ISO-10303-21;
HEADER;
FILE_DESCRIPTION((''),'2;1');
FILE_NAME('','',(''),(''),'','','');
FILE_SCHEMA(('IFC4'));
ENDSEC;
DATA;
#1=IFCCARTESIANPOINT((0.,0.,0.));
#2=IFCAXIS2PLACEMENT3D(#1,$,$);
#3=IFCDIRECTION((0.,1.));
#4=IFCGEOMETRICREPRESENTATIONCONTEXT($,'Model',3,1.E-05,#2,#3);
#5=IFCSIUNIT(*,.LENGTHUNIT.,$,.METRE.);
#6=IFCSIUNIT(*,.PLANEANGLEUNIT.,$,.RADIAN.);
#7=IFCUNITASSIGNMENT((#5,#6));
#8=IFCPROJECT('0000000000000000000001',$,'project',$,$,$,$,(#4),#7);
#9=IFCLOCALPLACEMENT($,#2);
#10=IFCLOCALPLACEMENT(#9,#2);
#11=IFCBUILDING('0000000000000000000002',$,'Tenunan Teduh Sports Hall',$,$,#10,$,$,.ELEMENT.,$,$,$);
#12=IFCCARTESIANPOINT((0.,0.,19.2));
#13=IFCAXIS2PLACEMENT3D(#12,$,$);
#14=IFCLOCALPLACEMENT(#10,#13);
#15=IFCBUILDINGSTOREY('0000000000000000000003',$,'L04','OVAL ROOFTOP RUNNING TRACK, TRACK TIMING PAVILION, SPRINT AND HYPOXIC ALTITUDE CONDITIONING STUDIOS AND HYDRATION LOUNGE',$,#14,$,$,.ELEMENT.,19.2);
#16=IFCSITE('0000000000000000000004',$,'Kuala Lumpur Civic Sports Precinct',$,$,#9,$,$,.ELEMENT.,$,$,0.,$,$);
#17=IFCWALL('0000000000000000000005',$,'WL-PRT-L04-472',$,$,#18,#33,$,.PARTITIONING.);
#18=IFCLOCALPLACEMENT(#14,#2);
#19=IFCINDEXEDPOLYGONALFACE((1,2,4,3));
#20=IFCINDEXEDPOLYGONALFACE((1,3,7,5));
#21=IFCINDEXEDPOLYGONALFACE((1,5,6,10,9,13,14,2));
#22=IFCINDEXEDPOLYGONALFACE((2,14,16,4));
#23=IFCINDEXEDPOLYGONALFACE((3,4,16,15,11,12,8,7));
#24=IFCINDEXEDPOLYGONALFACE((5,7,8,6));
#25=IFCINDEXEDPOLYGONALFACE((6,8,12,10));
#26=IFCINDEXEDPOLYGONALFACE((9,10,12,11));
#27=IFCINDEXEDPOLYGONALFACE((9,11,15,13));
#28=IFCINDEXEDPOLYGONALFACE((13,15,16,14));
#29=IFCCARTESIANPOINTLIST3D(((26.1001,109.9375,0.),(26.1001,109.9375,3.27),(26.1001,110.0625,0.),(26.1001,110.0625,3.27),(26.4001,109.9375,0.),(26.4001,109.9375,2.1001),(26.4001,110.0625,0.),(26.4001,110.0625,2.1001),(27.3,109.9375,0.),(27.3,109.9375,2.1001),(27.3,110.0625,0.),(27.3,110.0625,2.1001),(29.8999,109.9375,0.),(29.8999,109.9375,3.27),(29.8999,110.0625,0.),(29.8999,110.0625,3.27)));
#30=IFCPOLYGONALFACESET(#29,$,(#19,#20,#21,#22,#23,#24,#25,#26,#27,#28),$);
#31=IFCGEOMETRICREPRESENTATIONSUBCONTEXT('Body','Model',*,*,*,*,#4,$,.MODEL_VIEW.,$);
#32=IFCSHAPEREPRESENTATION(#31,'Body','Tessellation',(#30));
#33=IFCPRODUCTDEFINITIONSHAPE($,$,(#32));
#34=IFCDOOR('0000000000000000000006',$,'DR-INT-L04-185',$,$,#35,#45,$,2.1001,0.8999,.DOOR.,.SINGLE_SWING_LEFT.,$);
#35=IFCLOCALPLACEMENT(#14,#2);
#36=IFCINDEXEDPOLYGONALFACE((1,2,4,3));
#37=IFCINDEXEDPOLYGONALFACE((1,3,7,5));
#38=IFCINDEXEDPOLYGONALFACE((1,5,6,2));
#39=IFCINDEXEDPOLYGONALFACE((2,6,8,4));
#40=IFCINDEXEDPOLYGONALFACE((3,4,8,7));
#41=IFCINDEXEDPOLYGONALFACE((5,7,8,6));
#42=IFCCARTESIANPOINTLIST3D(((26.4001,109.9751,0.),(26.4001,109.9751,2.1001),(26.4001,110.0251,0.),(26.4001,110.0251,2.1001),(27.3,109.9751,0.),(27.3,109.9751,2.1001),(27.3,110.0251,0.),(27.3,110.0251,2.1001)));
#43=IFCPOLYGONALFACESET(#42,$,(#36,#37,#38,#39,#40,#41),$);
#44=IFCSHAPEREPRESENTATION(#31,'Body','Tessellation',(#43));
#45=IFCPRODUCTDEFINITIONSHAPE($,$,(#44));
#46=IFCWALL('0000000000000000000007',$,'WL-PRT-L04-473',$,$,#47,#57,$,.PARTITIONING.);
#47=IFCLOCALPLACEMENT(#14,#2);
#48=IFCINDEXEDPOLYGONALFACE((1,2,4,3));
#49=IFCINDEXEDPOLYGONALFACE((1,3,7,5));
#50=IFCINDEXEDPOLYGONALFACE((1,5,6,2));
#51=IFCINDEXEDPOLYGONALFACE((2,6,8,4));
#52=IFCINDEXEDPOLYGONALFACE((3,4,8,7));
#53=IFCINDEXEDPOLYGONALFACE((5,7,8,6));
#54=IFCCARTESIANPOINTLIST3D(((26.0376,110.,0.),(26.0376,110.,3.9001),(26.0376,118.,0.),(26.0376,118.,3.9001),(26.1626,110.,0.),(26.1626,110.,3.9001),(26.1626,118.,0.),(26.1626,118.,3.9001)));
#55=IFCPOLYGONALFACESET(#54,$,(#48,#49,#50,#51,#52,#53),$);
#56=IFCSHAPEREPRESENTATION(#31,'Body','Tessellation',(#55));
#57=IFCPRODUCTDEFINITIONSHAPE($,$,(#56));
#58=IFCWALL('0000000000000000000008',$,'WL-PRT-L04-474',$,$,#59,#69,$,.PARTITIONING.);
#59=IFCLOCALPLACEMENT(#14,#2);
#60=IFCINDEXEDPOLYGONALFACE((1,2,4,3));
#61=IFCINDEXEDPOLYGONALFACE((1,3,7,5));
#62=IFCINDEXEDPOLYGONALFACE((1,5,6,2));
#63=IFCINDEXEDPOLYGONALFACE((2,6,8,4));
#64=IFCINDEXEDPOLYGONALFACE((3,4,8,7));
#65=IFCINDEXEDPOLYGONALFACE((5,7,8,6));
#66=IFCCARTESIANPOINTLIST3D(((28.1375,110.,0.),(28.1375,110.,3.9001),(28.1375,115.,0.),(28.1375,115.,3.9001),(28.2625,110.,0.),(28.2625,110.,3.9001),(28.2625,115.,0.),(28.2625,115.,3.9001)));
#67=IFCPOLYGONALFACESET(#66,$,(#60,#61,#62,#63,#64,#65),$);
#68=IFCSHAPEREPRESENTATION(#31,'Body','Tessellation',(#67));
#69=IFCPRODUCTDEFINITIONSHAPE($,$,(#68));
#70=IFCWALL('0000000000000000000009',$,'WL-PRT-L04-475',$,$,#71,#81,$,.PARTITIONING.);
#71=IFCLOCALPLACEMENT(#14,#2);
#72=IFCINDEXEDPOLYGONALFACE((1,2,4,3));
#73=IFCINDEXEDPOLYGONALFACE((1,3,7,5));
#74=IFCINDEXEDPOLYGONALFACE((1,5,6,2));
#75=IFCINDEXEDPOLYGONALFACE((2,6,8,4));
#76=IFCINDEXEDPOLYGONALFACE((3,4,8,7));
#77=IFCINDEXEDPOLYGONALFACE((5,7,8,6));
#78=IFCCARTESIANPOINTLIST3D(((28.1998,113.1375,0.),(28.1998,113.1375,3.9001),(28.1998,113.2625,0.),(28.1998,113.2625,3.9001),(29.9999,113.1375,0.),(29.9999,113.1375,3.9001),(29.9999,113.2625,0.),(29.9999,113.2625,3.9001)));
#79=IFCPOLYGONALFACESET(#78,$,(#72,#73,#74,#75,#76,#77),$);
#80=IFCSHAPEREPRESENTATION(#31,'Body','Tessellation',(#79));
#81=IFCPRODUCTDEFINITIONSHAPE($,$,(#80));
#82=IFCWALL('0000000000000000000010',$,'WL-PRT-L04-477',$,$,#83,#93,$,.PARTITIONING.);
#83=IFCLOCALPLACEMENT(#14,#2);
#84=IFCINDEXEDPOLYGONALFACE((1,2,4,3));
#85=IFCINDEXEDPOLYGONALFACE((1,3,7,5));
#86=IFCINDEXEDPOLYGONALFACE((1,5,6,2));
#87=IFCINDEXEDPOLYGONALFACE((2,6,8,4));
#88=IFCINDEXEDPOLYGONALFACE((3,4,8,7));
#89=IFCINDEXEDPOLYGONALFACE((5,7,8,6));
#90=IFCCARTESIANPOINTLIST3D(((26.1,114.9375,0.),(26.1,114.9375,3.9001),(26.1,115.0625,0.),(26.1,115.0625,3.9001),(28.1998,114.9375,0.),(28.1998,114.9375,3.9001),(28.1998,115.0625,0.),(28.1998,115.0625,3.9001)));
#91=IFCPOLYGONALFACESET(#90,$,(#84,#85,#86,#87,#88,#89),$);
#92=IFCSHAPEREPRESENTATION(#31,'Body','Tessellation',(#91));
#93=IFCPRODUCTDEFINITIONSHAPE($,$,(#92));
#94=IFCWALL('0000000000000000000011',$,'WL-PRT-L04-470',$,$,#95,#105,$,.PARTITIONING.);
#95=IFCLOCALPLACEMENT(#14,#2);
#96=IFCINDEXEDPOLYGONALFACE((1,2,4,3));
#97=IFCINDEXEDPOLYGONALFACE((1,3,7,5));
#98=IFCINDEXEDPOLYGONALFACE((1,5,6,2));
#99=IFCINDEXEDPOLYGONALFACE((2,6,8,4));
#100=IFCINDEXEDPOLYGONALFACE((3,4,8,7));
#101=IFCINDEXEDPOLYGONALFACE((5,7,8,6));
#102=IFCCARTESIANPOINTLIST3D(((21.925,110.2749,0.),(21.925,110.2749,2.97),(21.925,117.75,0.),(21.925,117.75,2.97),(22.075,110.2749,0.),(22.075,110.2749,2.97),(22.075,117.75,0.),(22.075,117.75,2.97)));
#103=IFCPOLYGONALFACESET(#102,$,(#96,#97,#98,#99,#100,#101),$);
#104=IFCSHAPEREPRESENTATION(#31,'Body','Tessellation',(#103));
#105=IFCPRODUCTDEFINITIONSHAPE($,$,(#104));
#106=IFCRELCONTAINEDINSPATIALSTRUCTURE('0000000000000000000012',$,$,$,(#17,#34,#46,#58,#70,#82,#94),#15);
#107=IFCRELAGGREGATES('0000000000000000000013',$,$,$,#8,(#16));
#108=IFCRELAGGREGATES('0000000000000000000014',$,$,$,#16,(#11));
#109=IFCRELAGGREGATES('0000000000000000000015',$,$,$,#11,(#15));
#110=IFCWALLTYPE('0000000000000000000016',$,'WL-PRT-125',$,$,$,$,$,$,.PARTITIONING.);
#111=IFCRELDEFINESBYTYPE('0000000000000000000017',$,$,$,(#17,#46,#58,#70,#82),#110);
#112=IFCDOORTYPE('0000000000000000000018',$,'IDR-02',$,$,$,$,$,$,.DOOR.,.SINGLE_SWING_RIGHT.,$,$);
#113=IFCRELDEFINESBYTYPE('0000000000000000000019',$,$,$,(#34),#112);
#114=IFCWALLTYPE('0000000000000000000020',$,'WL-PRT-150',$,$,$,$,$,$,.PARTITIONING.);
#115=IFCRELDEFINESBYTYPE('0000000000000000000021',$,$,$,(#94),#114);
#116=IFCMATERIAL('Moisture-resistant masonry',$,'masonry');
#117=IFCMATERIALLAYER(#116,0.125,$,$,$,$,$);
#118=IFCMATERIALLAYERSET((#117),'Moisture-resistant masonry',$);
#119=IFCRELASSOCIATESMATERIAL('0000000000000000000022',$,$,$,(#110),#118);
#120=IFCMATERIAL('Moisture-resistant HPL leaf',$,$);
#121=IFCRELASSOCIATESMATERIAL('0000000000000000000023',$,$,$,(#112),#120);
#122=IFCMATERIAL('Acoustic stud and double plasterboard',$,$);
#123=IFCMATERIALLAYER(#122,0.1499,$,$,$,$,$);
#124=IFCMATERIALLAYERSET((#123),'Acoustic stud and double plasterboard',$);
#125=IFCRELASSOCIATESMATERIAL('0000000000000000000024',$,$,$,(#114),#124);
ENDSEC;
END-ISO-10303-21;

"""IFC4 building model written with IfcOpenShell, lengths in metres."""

from ifc_helpers import new_model, si_unit, direction, frame, frame_2d, origin, place, context, subcontext, project, spatial, rectangle, extrude, material, layer, layer_set, type_object, element, fill, save


model = new_model("IFC4")

# Units and contexts
model_context = context("Model", 3, precision=1e-05, world=origin(), true_north=direction((0.0, 1.0)))
body_context = subcontext(model_context, "Body", "Model", "MODEL_VIEW")
ifc_project = project(units=[si_unit("LENGTHUNIT", "METRE"), si_unit("PLANEANGLEUNIT", "RADIAN")], contexts=[model_context])

# Site, building, storey
site_placement = place(None, origin())
site = spatial("IfcSite", under=ifc_project, at=site_placement, Name="Kuala Lumpur Civic Sports Precinct", CompositionType="ELEMENT", RefElevation=0.0)
building_placement = place(site_placement, origin())
building = spatial("IfcBuilding", under=site, at=building_placement, Name="Tenunan Teduh Sports Hall", CompositionType="ELEMENT")
storey_placement = place(building_placement, frame((0.0, 0.0, 19.2)))
storey = spatial("IfcBuildingStorey", under=building, at=storey_placement, Name="L04", Description="OVAL ROOFTOP RUNNING TRACK, TRACK TIMING PAVILION, SPRINT AND HYPOXIC ALTITUDE CONDITIONING STUDIOS AND HYDRATION LOUNGE", CompositionType="ELEMENT", Elevation=19.2)

# Wall, opening, door
ifc_material_1 = material(Name="Moisture-resistant masonry", Category="masonry")
ifc_layer_1 = layer(ifc_material_1, 0.125)
ifc_layer_set_1 = layer_set([ifc_layer_1], Name="Moisture-resistant masonry")
wall_type_1 = type_object("IfcWallType", Name="WL-PRT-125", PredefinedType="PARTITIONING", material=ifc_layer_set_1)
ifc_material_2 = material(Name="Moisture-resistant HPL leaf")
door_type = type_object("IfcDoorType", Name="IDR-02", OperationType="SINGLE_SWING_RIGHT", PredefinedType="DOOR", material=ifc_material_2)
wall_1_placement = place(storey_placement, frame((26.1001, 110.0, 0.0), z_axis=(0.0, 0.0, 1.0), x_axis=(1.0, 0.0, 0.0)))
wall_1 = element("IfcWall", 1, at=wall_1_placement, inside=storey, type_object=wall_type_1, Name="WL-PRT-L04-472", PredefinedType="PARTITIONING", context=body_context, shape_type="SweptSolid", body=[
    extrude(rectangle(XDim=3.7998, YDim=0.125, at=frame_2d((1.8999, 0.0))), origin(), (0.0, 0.0, 1.0), 3.27),
])
opening_1_placement = place(wall_1_placement, frame((0.3, 0.0, 0.0)))
opening_1 = element("IfcOpeningElement", 2, at=opening_1_placement, cuts=wall_1, PredefinedType="OPENING", context=body_context, shape_type="SweptSolid", body=[
    extrude(rectangle(XDim=0.8999, YDim=2.1001, at=frame_2d((0.45, 1.05))), frame((0.0, 0.0725, 0.0), z_axis=(0.0, -1.0, 0.0), x_axis=(1.0, 0.0, 0.0)), (0.0, 0.0, 1.0), 0.145),
])
door_1_placement = place(opening_1_placement, frame((0.8999, 0.0, 0.0), z_axis=(0.0, 0.0, 1.0), x_axis=(-1.0, 0.0, 0.0)))
door_1 = element("IfcDoor", 3, at=door_1_placement, inside=storey, type_object=door_type, Name="DR-INT-L04-185", OperationType="SINGLE_SWING_LEFT", OverallHeight=2.1001, OverallWidth=0.8999, PredefinedType="DOOR", context=body_context, shape_type="SweptSolid", body=[
    extrude(rectangle(XDim=0.8999, YDim=2.1001, at=frame_2d((0.45, 1.05))), frame((0.0, 0.0249, 0.0), z_axis=(0.0, -1.0, 0.0), x_axis=(1.0, 0.0, 0.0)), (0.0, 0.0, 1.0), 0.05),
])
fill(opening_1, door_1)

# Walls
wall_2_placement = place(storey_placement, frame((26.1001, 110.0, 0.0), z_axis=(0.0, 0.0, 1.0), x_axis=(0.0, 1.0, 0.0)))
element("IfcWall", 4, at=wall_2_placement, inside=storey, type_object=wall_type_1, Name="WL-PRT-L04-473", PredefinedType="PARTITIONING", context=body_context, shape_type="SweptSolid", body=[
    extrude(rectangle(XDim=8.0, YDim=0.125, at=frame_2d((4.0, 0.0))), origin(), (0.0, 0.0, 1.0), 3.9001),
])
wall_3_placement = place(storey_placement, frame((28.2, 110.0, 0.0), z_axis=(0.0, 0.0, 1.0), x_axis=(0.0, 1.0, 0.0)))
element("IfcWall", 5, at=wall_3_placement, inside=storey, type_object=wall_type_1, Name="WL-PRT-L04-474", PredefinedType="PARTITIONING", context=body_context, shape_type="SweptSolid", body=[
    extrude(rectangle(XDim=5.0, YDim=0.125, at=frame_2d((2.5, 0.0))), origin(), (0.0, 0.0, 1.0), 3.9001),
])
wall_4_placement = place(storey_placement, frame((28.2, 113.2, 0.0), z_axis=(0.0, 0.0, 1.0), x_axis=(1.0, 0.0, 0.0)))
element("IfcWall", 6, at=wall_4_placement, inside=storey, type_object=wall_type_1, Name="WL-PRT-L04-475", PredefinedType="PARTITIONING", context=body_context, shape_type="SweptSolid", body=[
    extrude(rectangle(XDim=1.8, YDim=0.125, at=frame_2d((0.8999, 0.0))), origin(), (0.0, 0.0, 1.0), 3.9001),
])
wall_5_placement = place(storey_placement, frame((26.1001, 115.0, 0.0), z_axis=(0.0, 0.0, 1.0), x_axis=(1.0, 0.0, 0.0)))
element("IfcWall", 7, at=wall_5_placement, inside=storey, type_object=wall_type_1, Name="WL-PRT-L04-477", PredefinedType="PARTITIONING", context=body_context, shape_type="SweptSolid", body=[
    extrude(rectangle(XDim=2.0999, YDim=0.125, at=frame_2d((1.0498, 0.0))), origin(), (0.0, 0.0, 1.0), 3.9001),
])
ifc_material_3 = material(Name="Acoustic stud and double plasterboard")
ifc_layer_2 = layer(ifc_material_3, 0.1499)
ifc_layer_set_2 = layer_set([ifc_layer_2], Name="Acoustic stud and double plasterboard")
wall_type_2 = type_object("IfcWallType", Name="WL-PRT-150", PredefinedType="PARTITIONING", material=ifc_layer_set_2)
wall_6_placement = place(storey_placement, frame((22.0, 110.2749, 0.0), z_axis=(0.0, 0.0, 1.0), x_axis=(0.0, 1.0, 0.0)))
element("IfcWall", 8, at=wall_6_placement, inside=storey, type_object=wall_type_2, Name="WL-PRT-L04-470", PredefinedType="PARTITIONING", context=body_context, shape_type="SweptSolid", body=[
    extrude(rectangle(XDim=7.4751, YDim=0.1499, at=frame_2d((3.7375, 0.0))), origin(), (0.0, 0.0, 1.0), 2.97),
])

save(model, "model.ifc")
